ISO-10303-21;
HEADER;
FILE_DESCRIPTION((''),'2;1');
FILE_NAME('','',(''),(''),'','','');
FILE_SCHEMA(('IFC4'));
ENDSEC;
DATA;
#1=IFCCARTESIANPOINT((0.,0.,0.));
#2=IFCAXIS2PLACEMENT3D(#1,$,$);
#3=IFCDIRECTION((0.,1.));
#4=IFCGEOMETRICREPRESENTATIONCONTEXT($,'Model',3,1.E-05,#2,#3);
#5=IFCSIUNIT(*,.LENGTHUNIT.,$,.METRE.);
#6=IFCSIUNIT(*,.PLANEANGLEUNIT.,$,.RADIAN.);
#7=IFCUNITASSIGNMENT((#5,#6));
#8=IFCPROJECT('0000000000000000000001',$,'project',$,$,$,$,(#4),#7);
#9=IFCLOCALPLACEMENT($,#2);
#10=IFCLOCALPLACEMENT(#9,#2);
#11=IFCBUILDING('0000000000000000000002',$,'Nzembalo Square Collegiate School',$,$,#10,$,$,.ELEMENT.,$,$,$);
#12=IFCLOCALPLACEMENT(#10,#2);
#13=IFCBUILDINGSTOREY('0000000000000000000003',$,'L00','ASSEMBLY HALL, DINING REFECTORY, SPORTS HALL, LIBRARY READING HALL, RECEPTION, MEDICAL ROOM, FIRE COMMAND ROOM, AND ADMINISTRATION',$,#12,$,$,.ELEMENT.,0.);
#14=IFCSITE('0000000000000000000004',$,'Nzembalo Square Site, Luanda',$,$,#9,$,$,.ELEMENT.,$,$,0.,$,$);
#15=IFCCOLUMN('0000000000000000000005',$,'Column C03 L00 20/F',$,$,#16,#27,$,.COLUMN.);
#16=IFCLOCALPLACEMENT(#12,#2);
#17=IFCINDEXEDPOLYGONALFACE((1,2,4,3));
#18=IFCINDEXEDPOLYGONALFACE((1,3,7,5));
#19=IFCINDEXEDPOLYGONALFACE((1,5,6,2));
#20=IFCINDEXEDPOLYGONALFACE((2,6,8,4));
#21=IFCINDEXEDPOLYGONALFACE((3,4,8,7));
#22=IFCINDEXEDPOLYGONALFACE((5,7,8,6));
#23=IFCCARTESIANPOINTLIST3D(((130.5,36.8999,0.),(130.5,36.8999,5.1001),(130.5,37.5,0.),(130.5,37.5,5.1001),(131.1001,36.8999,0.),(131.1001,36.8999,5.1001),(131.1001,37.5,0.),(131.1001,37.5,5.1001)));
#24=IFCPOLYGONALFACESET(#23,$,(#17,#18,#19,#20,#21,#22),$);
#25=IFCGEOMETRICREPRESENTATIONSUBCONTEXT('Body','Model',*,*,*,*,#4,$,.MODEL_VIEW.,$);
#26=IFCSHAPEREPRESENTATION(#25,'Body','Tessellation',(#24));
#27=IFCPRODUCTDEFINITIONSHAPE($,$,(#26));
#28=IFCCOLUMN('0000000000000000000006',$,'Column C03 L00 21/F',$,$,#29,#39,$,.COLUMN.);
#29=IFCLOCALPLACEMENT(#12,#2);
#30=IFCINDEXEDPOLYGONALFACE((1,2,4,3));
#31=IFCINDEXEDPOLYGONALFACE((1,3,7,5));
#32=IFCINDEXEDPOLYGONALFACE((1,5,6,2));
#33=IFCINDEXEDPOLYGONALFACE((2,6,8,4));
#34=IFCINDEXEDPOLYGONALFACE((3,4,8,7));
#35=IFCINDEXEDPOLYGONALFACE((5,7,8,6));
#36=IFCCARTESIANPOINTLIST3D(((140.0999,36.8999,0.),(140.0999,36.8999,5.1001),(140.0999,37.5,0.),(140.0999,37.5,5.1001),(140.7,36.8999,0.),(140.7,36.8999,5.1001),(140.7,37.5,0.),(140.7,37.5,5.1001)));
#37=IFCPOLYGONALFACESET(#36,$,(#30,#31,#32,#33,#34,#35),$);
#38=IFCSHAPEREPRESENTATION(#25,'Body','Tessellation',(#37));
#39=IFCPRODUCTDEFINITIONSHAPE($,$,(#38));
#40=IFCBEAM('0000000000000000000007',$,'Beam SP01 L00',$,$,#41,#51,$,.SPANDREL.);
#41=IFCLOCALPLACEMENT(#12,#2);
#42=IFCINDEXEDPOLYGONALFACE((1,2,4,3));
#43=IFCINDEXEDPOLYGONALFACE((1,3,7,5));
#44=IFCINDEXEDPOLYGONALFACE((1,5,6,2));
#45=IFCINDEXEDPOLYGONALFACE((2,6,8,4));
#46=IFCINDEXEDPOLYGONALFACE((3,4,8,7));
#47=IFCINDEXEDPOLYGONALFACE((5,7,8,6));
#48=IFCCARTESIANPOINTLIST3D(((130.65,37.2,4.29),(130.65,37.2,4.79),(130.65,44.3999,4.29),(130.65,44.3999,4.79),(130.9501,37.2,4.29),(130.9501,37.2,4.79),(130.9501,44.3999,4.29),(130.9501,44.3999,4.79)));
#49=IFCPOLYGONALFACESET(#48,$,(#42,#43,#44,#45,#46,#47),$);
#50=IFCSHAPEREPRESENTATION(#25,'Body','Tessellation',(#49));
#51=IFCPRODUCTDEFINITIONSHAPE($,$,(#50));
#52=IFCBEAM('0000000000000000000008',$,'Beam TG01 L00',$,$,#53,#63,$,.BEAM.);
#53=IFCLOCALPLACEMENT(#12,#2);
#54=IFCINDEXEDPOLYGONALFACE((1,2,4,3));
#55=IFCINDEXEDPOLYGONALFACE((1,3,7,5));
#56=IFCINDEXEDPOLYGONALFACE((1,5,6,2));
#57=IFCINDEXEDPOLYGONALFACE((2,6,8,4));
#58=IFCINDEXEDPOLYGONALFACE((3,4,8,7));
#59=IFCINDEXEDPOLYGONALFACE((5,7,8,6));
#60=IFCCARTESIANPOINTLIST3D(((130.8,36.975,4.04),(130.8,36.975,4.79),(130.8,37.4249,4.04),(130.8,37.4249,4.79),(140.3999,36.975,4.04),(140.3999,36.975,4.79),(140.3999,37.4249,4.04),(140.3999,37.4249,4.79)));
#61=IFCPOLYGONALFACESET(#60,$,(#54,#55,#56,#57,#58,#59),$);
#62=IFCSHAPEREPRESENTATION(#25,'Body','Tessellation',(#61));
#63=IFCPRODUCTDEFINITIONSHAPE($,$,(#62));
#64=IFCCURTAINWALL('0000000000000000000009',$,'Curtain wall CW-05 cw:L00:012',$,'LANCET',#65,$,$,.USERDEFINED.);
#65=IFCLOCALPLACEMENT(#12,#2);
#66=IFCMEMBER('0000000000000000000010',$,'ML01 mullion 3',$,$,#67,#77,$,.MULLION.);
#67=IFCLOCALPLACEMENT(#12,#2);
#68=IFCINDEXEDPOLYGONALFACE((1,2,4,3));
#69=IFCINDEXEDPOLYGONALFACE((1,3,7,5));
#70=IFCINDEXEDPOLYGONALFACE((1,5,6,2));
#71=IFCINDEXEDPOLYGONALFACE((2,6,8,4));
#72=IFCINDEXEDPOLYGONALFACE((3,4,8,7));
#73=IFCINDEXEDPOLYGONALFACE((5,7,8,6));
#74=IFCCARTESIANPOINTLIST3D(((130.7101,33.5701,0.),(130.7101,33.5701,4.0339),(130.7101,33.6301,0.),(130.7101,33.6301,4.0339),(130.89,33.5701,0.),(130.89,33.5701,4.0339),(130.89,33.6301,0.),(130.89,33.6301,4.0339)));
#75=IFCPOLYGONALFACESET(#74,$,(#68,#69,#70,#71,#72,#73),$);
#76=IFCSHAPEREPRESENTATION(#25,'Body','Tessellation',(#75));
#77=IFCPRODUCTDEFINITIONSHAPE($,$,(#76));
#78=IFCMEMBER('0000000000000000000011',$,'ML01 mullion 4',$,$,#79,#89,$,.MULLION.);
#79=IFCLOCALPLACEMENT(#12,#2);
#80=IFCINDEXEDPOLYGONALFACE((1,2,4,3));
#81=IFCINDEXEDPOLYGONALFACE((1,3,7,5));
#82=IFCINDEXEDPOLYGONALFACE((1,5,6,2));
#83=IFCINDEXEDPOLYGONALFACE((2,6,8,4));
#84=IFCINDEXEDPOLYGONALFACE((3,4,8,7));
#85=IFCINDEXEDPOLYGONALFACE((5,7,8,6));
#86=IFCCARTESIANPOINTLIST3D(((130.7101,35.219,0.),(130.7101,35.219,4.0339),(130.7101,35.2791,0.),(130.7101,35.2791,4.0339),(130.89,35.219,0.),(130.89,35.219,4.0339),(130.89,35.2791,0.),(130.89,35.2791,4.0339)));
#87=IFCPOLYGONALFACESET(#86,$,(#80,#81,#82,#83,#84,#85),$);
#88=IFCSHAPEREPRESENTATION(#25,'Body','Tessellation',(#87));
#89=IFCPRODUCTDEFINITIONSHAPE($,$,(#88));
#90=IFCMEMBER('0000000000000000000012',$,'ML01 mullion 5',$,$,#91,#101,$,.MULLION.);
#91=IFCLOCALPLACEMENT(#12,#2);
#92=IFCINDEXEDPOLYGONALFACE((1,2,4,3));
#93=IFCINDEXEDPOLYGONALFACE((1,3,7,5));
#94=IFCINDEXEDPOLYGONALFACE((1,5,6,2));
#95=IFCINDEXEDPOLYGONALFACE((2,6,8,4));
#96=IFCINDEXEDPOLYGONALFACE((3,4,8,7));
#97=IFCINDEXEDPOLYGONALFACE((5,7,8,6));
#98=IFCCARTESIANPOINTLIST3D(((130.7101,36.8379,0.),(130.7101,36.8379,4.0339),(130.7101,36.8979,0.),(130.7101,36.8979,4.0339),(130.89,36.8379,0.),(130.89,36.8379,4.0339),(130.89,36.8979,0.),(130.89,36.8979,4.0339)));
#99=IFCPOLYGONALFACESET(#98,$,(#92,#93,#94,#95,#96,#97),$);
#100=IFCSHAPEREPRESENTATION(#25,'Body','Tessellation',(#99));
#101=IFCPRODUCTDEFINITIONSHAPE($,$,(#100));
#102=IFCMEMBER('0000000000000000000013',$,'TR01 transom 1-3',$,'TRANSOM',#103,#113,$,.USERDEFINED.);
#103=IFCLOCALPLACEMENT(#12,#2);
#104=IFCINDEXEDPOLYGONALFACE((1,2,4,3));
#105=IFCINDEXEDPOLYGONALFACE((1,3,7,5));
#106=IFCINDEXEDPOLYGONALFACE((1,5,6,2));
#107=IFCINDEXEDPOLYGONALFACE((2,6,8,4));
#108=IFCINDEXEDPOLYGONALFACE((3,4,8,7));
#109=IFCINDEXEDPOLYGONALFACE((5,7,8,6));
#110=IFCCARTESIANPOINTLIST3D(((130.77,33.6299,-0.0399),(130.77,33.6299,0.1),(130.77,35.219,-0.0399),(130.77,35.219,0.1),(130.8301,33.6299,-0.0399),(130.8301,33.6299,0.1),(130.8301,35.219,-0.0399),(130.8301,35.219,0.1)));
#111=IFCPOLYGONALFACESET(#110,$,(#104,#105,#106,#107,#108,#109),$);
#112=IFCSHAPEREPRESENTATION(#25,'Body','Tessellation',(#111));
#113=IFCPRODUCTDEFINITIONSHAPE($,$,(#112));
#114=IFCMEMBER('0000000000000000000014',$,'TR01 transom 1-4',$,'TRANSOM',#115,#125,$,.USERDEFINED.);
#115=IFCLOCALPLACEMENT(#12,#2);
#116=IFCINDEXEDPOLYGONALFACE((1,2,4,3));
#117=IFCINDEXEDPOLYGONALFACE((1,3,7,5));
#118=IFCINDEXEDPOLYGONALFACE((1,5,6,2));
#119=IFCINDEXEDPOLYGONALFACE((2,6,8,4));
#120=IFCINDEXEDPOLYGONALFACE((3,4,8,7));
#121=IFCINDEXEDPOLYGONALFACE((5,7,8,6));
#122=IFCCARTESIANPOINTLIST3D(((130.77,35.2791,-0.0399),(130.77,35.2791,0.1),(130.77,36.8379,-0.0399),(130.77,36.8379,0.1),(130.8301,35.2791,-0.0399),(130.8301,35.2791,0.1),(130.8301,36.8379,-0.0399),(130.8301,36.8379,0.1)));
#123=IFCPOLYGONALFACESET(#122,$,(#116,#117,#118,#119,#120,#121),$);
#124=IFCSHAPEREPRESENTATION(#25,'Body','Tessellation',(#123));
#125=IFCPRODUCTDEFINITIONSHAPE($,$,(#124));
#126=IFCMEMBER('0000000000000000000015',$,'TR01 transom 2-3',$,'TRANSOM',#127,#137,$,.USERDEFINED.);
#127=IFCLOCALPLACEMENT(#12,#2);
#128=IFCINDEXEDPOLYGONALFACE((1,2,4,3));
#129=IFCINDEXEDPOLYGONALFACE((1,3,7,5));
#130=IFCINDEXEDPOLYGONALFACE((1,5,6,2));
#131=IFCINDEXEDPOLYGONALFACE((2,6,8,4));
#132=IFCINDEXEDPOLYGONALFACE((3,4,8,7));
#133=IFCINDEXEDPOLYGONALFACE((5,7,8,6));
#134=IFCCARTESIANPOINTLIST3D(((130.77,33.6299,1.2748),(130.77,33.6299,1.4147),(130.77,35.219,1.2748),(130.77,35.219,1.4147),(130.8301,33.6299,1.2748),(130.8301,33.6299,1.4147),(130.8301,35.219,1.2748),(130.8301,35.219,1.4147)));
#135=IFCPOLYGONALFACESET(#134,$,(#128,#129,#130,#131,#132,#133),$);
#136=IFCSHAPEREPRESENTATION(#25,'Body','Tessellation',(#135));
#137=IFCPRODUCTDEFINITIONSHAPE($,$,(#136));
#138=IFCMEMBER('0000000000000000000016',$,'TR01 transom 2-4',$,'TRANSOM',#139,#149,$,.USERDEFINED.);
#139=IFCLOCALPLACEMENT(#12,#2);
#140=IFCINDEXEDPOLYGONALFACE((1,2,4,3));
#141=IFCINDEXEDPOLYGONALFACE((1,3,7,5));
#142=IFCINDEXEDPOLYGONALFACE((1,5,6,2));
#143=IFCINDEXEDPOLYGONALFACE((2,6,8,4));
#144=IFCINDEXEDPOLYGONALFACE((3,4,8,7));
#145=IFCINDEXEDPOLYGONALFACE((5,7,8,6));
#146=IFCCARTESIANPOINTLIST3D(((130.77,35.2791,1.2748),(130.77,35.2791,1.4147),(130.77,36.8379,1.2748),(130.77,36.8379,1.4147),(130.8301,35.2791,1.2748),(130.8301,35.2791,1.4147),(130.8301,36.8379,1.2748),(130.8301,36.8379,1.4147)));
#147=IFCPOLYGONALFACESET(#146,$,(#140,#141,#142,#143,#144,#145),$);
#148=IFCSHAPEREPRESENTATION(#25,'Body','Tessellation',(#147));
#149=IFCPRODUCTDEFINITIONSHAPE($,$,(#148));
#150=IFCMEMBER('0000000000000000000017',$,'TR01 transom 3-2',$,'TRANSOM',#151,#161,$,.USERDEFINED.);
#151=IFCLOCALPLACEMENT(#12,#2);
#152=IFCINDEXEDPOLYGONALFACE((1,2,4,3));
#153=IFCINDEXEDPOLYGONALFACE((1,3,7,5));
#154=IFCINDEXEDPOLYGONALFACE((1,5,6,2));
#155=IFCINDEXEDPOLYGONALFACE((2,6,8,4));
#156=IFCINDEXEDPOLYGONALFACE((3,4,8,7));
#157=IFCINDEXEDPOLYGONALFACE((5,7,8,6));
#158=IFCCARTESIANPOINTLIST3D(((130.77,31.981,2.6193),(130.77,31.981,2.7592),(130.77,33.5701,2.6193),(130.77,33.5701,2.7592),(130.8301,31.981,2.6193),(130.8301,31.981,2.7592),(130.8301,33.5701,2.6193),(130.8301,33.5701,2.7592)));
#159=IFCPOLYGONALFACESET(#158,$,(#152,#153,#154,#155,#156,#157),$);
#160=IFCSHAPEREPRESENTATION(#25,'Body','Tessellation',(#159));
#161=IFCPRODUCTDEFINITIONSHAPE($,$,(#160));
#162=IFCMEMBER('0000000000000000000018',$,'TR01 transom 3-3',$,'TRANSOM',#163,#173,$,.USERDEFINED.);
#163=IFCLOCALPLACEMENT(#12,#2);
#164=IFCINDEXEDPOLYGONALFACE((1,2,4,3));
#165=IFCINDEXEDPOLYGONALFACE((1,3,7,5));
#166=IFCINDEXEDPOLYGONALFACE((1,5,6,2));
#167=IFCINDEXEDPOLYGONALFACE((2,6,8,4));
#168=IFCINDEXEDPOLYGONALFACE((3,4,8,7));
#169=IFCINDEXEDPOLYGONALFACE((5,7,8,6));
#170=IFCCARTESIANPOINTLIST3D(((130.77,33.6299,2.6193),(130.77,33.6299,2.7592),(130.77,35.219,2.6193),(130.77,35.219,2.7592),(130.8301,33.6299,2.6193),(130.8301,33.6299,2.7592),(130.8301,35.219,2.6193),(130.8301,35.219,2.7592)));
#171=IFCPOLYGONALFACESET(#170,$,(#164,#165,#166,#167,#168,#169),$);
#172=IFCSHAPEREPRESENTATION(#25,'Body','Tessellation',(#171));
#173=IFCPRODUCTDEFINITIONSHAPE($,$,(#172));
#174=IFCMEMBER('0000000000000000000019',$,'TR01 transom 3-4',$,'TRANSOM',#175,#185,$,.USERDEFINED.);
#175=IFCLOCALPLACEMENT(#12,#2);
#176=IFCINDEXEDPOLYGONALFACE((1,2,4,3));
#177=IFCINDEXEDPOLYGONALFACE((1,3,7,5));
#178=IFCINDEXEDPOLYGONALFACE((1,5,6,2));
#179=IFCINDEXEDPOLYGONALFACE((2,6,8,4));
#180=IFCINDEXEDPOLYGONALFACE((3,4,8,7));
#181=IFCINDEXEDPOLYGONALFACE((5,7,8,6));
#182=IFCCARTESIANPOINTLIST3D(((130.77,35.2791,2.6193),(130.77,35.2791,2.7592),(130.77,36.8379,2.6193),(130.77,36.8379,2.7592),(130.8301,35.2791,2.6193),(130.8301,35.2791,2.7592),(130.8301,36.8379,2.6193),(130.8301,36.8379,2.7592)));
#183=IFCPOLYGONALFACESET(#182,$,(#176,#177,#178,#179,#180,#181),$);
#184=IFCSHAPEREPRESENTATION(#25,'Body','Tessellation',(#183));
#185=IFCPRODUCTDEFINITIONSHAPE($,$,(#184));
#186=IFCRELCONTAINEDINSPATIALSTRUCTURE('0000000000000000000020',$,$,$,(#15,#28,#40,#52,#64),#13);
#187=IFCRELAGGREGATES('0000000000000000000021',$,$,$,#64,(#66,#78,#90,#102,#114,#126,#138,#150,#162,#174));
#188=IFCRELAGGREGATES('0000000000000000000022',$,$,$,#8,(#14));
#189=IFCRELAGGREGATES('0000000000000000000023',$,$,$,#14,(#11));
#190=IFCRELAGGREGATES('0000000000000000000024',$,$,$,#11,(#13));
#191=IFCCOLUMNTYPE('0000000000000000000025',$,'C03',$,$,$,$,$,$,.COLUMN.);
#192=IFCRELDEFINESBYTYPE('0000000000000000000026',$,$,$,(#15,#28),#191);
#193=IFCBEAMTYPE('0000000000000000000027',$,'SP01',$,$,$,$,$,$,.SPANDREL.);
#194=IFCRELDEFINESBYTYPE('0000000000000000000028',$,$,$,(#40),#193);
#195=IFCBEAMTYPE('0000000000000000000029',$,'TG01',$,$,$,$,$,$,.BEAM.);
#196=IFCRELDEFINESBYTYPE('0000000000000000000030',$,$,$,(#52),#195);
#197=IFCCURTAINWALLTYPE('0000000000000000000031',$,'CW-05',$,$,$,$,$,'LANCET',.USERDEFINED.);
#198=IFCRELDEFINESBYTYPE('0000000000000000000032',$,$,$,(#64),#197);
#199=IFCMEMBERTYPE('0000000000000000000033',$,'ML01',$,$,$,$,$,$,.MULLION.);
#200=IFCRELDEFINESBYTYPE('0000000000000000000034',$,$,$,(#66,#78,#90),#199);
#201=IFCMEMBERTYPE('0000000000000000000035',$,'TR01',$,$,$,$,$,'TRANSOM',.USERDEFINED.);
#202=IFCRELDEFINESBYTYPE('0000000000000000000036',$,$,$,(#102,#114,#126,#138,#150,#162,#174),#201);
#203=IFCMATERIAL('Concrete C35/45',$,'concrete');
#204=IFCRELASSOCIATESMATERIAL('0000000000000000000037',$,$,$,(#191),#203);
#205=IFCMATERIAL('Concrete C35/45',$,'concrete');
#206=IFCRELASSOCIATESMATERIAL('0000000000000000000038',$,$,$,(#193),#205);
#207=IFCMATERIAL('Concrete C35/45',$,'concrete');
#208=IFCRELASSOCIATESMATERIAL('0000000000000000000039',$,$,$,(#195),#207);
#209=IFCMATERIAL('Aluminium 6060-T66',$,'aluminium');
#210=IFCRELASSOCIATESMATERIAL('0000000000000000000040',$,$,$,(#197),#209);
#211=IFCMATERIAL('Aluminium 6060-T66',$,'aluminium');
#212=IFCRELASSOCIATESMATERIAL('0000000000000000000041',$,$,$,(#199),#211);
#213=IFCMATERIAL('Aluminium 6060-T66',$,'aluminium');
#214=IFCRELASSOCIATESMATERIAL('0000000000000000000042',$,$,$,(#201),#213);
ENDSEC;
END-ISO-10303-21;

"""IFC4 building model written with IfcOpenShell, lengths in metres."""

from ifc_helpers import new_model, si_unit, direction, frame, origin, origin_2d, place, context, subcontext, project, spatial, rectangle, extrude, material, material_profile, profile_set, type_object, element, aggregate, save


model = new_model("IFC4")

# Units and contexts
model_context = context("Model", 3, precision=1e-05, world=origin(), true_north=direction((0.0, 1.0)))
body_context = subcontext(model_context, "Body", "Model", "MODEL_VIEW")
ifc_project = project(units=[si_unit("LENGTHUNIT", "METRE"), si_unit("PLANEANGLEUNIT", "RADIAN")], contexts=[model_context])

# Site, building, storey
site_placement = place(None, origin())
site = spatial("IfcSite", under=ifc_project, at=site_placement, Name="Nzembalo Square Site, Luanda", CompositionType="ELEMENT", RefElevation=0.0)
building_placement = place(site_placement, origin())
building = spatial("IfcBuilding", under=site, at=building_placement, Name="Nzembalo Square Collegiate School", CompositionType="ELEMENT")
storey_placement = place(building_placement, origin())
storey = spatial("IfcBuildingStorey", under=building, at=storey_placement, Name="L00", Description="ASSEMBLY HALL, DINING REFECTORY, SPORTS HALL, LIBRARY READING HALL, RECEPTION, MEDICAL ROOM, FIRE COMMAND ROOM, AND ADMINISTRATION", CompositionType="ELEMENT", Elevation=0.0)

# Columns
ifc_material_1 = material(Name="Concrete C35/45", Category="concrete")
ifc_material_profile_1 = material_profile(ifc_material_1, rectangle(XDim=0.6001, YDim=0.6001, at=origin_2d()), Name="RC 600x600")
ifc_profile_set_1 = profile_set([ifc_material_profile_1], Name="Concrete C35/45")
column_type = type_object("IfcColumnType", Name="C03", PredefinedType="COLUMN", material=ifc_profile_set_1)
for number, where, z_axis, x_axis, name in (
    (1, (130.8, 37.2, 0.0), (0.0, 0.0, 1.0), (1.0, 0.0, 0.0), "Column C03 L00 20/F"),
    (2, (140.3999, 37.2, 0.0), (0.0, 0.0, 1.0), (1.0, 0.0, 0.0), "Column C03 L00 21/F"),
):
    element("IfcColumn", number, at=place(storey_placement, frame(where, z_axis=z_axis, x_axis=x_axis)), inside=storey, type_object=column_type, Name=name, PredefinedType="COLUMN", context=body_context, shape_type="SweptSolid", body=[
        extrude(rectangle(XDim=0.6001, YDim=0.6001, at=origin_2d()), origin(), (0.0, 0.0, 1.0), 5.1001),
    ])

# Beams
ifc_material_2 = material(Name="Concrete C35/45", Category="concrete")
ifc_material_profile_2 = material_profile(ifc_material_2, rectangle(XDim=0.3, YDim=0.5, at=origin_2d()), Name="RC 300x500")
ifc_profile_set_2 = profile_set([ifc_material_profile_2], Name="Concrete C35/45")
beam_type_1 = type_object("IfcBeamType", Name="SP01", PredefinedType="SPANDREL", material=ifc_profile_set_2)
beam_1_placement = place(storey_placement, frame((130.8, 37.2, 4.54), z_axis=(0.0, 1.0, 0.0), x_axis=(-1.0, 0.0, 0.0)))
element("IfcBeam", 3, at=beam_1_placement, inside=storey, type_object=beam_type_1, Name="Beam SP01 L00", PredefinedType="SPANDREL", context=body_context, shape_type="SweptSolid", body=[
    extrude(rectangle(XDim=0.3, YDim=0.5, at=origin_2d()), origin(), (0.0, 0.0, 1.0), 7.2),
])
ifc_material_3 = material(Name="Concrete C35/45", Category="concrete")
ifc_material_profile_3 = material_profile(ifc_material_3, rectangle(XDim=0.45, YDim=0.75, at=origin_2d()), Name="RC 450x750")
ifc_profile_set_3 = profile_set([ifc_material_profile_3], Name="Concrete C35/45")
beam_type_2 = type_object("IfcBeamType", Name="TG01", PredefinedType="BEAM", material=ifc_profile_set_3)
beam_2_placement = place(storey_placement, frame((130.8, 37.2, 4.415), z_axis=(1.0, 0.0, 0.0), x_axis=(0.0, 1.0, 0.0)))
element("IfcBeam", 4, at=beam_2_placement, inside=storey, type_object=beam_type_2, Name="Beam TG01 L00", PredefinedType="BEAM", context=body_context, shape_type="SweptSolid", body=[
    extrude(rectangle(XDim=0.45, YDim=0.75, at=origin_2d()), origin(), (0.0, 0.0, 1.0), 9.5999),
])

# Curtain wall, members
ifc_material_4 = material(Name="Aluminium 6060-T66", Category="aluminium")
curtain_wall_type = type_object("IfcCurtainWallType", Name="CW-05", ElementType="LANCET", PredefinedType="USERDEFINED", material=ifc_material_4)
curtain_wall_placement = place(storey_placement, origin())
curtain_wall = element("IfcCurtainWall", 5, at=curtain_wall_placement, inside=storey, type_object=curtain_wall_type, Name="Curtain wall CW-05 cw:L00:012", ObjectType="LANCET", PredefinedType="USERDEFINED")
ifc_material_5 = material(Name="Aluminium 6060-T66", Category="aluminium")
ifc_material_profile_4 = material_profile(ifc_material_5, rectangle(XDim=0.0601, YDim=0.1799, at=origin_2d()), Name="ALU M60x180")
ifc_profile_set_4 = profile_set([ifc_material_profile_4], Name="Aluminium 6060-T66")
member_type_1 = type_object("IfcMemberType", Name="ML01", PredefinedType="MULLION", material=ifc_profile_set_4)
member_1_placement = place(storey_placement, frame((130.8, 33.6001, 0.0), z_axis=(0.0, 0.0, 1.0), x_axis=(0.0, 1.0, 0.0)))
member_1 = element("IfcMember", 6, at=member_1_placement, type_object=member_type_1, Name="ML01 mullion 3", PredefinedType="MULLION", context=body_context, shape_type="SweptSolid", body=[
    extrude(rectangle(XDim=0.0601, YDim=0.1799, at=origin_2d()), origin(), (0.0, 0.0, 1.0), 4.0339),
])
member_2_placement = place(storey_placement, frame((130.8, 35.249, 0.0), z_axis=(0.0, 0.0, 1.0), x_axis=(0.0, 1.0, 0.0)))
member_2 = element("IfcMember", 7, at=member_2_placement, type_object=member_type_1, Name="ML01 mullion 4", PredefinedType="MULLION", context=body_context, shape_type="SweptSolid", body=[
    extrude(rectangle(XDim=0.0601, YDim=0.1799, at=origin_2d()), origin(), (0.0, 0.0, 1.0), 4.0339),
])
member_3_placement = place(storey_placement, frame((130.8, 36.8679, 0.0), z_axis=(0.0, 0.0, 1.0), x_axis=(0.0, 1.0, 0.0)))
member_3 = element("IfcMember", 8, at=member_3_placement, type_object=member_type_1, Name="ML01 mullion 5", PredefinedType="MULLION", context=body_context, shape_type="SweptSolid", body=[
    extrude(rectangle(XDim=0.0601, YDim=0.1799, at=origin_2d()), origin(), (0.0, 0.0, 1.0), 4.0339),
])
ifc_material_6 = material(Name="Aluminium 6060-T66", Category="aluminium")
ifc_material_profile_5 = material_profile(ifc_material_6, rectangle(XDim=0.0601, YDim=0.1399, at=origin_2d()), Name="ALU T60x140")
ifc_profile_set_5 = profile_set([ifc_material_profile_5], Name="Aluminium 6060-T66")
member_type_2 = type_object("IfcMemberType", Name="TR01", ElementType="TRANSOM", PredefinedType="USERDEFINED", material=ifc_profile_set_5)
member_4_placement = place(storey_placement, frame((130.8, 33.6299, 0.03), z_axis=(0.0, 1.0, 0.0), x_axis=(-1.0, 0.0, 0.0)))
member_4 = element("IfcMember", 9, at=member_4_placement, type_object=member_type_2, Name="TR01 transom 1-3", ObjectType="TRANSOM", PredefinedType="USERDEFINED", context=body_context, shape_type="SweptSolid", body=[
    extrude(rectangle(XDim=0.0601, YDim=0.1399, at=origin_2d()), origin(), (0.0, 0.0, 1.0), 1.5891),
])
member_5_placement = place(storey_placement, frame((130.8, 35.2791, 0.03), z_axis=(0.0, 1.0, 0.0), x_axis=(-1.0, 0.0, 0.0)))
member_5 = element("IfcMember", 10, at=member_5_placement, type_object=member_type_2, Name="TR01 transom 1-4", ObjectType="TRANSOM", PredefinedType="USERDEFINED", context=body_context, shape_type="SweptSolid", body=[
    extrude(rectangle(XDim=0.0601, YDim=0.1399, at=origin_2d()), origin(), (0.0, 0.0, 1.0), 1.5588),
])
member_6_placement = place(storey_placement, frame((130.8, 33.6299, 1.3447), z_axis=(0.0, 1.0, 0.0), x_axis=(-1.0, 0.0, 0.0)))
member_6 = element("IfcMember", 11, at=member_6_placement, type_object=member_type_2, Name="TR01 transom 2-3", ObjectType="TRANSOM", PredefinedType="USERDEFINED", context=body_context, shape_type="SweptSolid", body=[
    extrude(rectangle(XDim=0.0601, YDim=0.1399, at=origin_2d()), origin(), (0.0, 0.0, 1.0), 1.5891),
])
member_7_placement = place(storey_placement, frame((130.8, 35.2791, 1.3447), z_axis=(0.0, 1.0, 0.0), x_axis=(-1.0, 0.0, 0.0)))
member_7 = element("IfcMember", 12, at=member_7_placement, type_object=member_type_2, Name="TR01 transom 2-4", ObjectType="TRANSOM", PredefinedType="USERDEFINED", context=body_context, shape_type="SweptSolid", body=[
    extrude(rectangle(XDim=0.0601, YDim=0.1399, at=origin_2d()), origin(), (0.0, 0.0, 1.0), 1.5588),
])
member_8_placement = place(storey_placement, frame((130.8, 31.981, 2.6892), z_axis=(0.0, 1.0, 0.0), x_axis=(-1.0, 0.0, 0.0)))
member_8 = element("IfcMember", 13, at=member_8_placement, type_object=member_type_2, Name="TR01 transom 3-2", ObjectType="TRANSOM", PredefinedType="USERDEFINED", context=body_context, shape_type="SweptSolid", body=[
    extrude(rectangle(XDim=0.0601, YDim=0.1399, at=origin_2d()), origin(), (0.0, 0.0, 1.0), 1.5891),
])
member_9_placement = place(storey_placement, frame((130.8, 33.6299, 2.6892), z_axis=(0.0, 1.0, 0.0), x_axis=(-1.0, 0.0, 0.0)))
member_9 = element("IfcMember", 14, at=member_9_placement, type_object=member_type_2, Name="TR01 transom 3-3", ObjectType="TRANSOM", PredefinedType="USERDEFINED", context=body_context, shape_type="SweptSolid", body=[
    extrude(rectangle(XDim=0.0601, YDim=0.1399, at=origin_2d()), origin(), (0.0, 0.0, 1.0), 1.5891),
])
member_10_placement = place(storey_placement, frame((130.8, 35.2791, 2.6892), z_axis=(0.0, 1.0, 0.0), x_axis=(-1.0, 0.0, 0.0)))
member_10 = element("IfcMember", 15, at=member_10_placement, type_object=member_type_2, Name="TR01 transom 3-4", ObjectType="TRANSOM", PredefinedType="USERDEFINED", context=body_context, shape_type="SweptSolid", body=[
    extrude(rectangle(XDim=0.0601, YDim=0.1399, at=origin_2d()), origin(), (0.0, 0.0, 1.0), 1.5588),
])
aggregate(curtain_wall, [member_1, member_2, member_3, member_4, member_5, member_6, member_7, member_8, member_9, member_10])

save(model, "model.ifc")
